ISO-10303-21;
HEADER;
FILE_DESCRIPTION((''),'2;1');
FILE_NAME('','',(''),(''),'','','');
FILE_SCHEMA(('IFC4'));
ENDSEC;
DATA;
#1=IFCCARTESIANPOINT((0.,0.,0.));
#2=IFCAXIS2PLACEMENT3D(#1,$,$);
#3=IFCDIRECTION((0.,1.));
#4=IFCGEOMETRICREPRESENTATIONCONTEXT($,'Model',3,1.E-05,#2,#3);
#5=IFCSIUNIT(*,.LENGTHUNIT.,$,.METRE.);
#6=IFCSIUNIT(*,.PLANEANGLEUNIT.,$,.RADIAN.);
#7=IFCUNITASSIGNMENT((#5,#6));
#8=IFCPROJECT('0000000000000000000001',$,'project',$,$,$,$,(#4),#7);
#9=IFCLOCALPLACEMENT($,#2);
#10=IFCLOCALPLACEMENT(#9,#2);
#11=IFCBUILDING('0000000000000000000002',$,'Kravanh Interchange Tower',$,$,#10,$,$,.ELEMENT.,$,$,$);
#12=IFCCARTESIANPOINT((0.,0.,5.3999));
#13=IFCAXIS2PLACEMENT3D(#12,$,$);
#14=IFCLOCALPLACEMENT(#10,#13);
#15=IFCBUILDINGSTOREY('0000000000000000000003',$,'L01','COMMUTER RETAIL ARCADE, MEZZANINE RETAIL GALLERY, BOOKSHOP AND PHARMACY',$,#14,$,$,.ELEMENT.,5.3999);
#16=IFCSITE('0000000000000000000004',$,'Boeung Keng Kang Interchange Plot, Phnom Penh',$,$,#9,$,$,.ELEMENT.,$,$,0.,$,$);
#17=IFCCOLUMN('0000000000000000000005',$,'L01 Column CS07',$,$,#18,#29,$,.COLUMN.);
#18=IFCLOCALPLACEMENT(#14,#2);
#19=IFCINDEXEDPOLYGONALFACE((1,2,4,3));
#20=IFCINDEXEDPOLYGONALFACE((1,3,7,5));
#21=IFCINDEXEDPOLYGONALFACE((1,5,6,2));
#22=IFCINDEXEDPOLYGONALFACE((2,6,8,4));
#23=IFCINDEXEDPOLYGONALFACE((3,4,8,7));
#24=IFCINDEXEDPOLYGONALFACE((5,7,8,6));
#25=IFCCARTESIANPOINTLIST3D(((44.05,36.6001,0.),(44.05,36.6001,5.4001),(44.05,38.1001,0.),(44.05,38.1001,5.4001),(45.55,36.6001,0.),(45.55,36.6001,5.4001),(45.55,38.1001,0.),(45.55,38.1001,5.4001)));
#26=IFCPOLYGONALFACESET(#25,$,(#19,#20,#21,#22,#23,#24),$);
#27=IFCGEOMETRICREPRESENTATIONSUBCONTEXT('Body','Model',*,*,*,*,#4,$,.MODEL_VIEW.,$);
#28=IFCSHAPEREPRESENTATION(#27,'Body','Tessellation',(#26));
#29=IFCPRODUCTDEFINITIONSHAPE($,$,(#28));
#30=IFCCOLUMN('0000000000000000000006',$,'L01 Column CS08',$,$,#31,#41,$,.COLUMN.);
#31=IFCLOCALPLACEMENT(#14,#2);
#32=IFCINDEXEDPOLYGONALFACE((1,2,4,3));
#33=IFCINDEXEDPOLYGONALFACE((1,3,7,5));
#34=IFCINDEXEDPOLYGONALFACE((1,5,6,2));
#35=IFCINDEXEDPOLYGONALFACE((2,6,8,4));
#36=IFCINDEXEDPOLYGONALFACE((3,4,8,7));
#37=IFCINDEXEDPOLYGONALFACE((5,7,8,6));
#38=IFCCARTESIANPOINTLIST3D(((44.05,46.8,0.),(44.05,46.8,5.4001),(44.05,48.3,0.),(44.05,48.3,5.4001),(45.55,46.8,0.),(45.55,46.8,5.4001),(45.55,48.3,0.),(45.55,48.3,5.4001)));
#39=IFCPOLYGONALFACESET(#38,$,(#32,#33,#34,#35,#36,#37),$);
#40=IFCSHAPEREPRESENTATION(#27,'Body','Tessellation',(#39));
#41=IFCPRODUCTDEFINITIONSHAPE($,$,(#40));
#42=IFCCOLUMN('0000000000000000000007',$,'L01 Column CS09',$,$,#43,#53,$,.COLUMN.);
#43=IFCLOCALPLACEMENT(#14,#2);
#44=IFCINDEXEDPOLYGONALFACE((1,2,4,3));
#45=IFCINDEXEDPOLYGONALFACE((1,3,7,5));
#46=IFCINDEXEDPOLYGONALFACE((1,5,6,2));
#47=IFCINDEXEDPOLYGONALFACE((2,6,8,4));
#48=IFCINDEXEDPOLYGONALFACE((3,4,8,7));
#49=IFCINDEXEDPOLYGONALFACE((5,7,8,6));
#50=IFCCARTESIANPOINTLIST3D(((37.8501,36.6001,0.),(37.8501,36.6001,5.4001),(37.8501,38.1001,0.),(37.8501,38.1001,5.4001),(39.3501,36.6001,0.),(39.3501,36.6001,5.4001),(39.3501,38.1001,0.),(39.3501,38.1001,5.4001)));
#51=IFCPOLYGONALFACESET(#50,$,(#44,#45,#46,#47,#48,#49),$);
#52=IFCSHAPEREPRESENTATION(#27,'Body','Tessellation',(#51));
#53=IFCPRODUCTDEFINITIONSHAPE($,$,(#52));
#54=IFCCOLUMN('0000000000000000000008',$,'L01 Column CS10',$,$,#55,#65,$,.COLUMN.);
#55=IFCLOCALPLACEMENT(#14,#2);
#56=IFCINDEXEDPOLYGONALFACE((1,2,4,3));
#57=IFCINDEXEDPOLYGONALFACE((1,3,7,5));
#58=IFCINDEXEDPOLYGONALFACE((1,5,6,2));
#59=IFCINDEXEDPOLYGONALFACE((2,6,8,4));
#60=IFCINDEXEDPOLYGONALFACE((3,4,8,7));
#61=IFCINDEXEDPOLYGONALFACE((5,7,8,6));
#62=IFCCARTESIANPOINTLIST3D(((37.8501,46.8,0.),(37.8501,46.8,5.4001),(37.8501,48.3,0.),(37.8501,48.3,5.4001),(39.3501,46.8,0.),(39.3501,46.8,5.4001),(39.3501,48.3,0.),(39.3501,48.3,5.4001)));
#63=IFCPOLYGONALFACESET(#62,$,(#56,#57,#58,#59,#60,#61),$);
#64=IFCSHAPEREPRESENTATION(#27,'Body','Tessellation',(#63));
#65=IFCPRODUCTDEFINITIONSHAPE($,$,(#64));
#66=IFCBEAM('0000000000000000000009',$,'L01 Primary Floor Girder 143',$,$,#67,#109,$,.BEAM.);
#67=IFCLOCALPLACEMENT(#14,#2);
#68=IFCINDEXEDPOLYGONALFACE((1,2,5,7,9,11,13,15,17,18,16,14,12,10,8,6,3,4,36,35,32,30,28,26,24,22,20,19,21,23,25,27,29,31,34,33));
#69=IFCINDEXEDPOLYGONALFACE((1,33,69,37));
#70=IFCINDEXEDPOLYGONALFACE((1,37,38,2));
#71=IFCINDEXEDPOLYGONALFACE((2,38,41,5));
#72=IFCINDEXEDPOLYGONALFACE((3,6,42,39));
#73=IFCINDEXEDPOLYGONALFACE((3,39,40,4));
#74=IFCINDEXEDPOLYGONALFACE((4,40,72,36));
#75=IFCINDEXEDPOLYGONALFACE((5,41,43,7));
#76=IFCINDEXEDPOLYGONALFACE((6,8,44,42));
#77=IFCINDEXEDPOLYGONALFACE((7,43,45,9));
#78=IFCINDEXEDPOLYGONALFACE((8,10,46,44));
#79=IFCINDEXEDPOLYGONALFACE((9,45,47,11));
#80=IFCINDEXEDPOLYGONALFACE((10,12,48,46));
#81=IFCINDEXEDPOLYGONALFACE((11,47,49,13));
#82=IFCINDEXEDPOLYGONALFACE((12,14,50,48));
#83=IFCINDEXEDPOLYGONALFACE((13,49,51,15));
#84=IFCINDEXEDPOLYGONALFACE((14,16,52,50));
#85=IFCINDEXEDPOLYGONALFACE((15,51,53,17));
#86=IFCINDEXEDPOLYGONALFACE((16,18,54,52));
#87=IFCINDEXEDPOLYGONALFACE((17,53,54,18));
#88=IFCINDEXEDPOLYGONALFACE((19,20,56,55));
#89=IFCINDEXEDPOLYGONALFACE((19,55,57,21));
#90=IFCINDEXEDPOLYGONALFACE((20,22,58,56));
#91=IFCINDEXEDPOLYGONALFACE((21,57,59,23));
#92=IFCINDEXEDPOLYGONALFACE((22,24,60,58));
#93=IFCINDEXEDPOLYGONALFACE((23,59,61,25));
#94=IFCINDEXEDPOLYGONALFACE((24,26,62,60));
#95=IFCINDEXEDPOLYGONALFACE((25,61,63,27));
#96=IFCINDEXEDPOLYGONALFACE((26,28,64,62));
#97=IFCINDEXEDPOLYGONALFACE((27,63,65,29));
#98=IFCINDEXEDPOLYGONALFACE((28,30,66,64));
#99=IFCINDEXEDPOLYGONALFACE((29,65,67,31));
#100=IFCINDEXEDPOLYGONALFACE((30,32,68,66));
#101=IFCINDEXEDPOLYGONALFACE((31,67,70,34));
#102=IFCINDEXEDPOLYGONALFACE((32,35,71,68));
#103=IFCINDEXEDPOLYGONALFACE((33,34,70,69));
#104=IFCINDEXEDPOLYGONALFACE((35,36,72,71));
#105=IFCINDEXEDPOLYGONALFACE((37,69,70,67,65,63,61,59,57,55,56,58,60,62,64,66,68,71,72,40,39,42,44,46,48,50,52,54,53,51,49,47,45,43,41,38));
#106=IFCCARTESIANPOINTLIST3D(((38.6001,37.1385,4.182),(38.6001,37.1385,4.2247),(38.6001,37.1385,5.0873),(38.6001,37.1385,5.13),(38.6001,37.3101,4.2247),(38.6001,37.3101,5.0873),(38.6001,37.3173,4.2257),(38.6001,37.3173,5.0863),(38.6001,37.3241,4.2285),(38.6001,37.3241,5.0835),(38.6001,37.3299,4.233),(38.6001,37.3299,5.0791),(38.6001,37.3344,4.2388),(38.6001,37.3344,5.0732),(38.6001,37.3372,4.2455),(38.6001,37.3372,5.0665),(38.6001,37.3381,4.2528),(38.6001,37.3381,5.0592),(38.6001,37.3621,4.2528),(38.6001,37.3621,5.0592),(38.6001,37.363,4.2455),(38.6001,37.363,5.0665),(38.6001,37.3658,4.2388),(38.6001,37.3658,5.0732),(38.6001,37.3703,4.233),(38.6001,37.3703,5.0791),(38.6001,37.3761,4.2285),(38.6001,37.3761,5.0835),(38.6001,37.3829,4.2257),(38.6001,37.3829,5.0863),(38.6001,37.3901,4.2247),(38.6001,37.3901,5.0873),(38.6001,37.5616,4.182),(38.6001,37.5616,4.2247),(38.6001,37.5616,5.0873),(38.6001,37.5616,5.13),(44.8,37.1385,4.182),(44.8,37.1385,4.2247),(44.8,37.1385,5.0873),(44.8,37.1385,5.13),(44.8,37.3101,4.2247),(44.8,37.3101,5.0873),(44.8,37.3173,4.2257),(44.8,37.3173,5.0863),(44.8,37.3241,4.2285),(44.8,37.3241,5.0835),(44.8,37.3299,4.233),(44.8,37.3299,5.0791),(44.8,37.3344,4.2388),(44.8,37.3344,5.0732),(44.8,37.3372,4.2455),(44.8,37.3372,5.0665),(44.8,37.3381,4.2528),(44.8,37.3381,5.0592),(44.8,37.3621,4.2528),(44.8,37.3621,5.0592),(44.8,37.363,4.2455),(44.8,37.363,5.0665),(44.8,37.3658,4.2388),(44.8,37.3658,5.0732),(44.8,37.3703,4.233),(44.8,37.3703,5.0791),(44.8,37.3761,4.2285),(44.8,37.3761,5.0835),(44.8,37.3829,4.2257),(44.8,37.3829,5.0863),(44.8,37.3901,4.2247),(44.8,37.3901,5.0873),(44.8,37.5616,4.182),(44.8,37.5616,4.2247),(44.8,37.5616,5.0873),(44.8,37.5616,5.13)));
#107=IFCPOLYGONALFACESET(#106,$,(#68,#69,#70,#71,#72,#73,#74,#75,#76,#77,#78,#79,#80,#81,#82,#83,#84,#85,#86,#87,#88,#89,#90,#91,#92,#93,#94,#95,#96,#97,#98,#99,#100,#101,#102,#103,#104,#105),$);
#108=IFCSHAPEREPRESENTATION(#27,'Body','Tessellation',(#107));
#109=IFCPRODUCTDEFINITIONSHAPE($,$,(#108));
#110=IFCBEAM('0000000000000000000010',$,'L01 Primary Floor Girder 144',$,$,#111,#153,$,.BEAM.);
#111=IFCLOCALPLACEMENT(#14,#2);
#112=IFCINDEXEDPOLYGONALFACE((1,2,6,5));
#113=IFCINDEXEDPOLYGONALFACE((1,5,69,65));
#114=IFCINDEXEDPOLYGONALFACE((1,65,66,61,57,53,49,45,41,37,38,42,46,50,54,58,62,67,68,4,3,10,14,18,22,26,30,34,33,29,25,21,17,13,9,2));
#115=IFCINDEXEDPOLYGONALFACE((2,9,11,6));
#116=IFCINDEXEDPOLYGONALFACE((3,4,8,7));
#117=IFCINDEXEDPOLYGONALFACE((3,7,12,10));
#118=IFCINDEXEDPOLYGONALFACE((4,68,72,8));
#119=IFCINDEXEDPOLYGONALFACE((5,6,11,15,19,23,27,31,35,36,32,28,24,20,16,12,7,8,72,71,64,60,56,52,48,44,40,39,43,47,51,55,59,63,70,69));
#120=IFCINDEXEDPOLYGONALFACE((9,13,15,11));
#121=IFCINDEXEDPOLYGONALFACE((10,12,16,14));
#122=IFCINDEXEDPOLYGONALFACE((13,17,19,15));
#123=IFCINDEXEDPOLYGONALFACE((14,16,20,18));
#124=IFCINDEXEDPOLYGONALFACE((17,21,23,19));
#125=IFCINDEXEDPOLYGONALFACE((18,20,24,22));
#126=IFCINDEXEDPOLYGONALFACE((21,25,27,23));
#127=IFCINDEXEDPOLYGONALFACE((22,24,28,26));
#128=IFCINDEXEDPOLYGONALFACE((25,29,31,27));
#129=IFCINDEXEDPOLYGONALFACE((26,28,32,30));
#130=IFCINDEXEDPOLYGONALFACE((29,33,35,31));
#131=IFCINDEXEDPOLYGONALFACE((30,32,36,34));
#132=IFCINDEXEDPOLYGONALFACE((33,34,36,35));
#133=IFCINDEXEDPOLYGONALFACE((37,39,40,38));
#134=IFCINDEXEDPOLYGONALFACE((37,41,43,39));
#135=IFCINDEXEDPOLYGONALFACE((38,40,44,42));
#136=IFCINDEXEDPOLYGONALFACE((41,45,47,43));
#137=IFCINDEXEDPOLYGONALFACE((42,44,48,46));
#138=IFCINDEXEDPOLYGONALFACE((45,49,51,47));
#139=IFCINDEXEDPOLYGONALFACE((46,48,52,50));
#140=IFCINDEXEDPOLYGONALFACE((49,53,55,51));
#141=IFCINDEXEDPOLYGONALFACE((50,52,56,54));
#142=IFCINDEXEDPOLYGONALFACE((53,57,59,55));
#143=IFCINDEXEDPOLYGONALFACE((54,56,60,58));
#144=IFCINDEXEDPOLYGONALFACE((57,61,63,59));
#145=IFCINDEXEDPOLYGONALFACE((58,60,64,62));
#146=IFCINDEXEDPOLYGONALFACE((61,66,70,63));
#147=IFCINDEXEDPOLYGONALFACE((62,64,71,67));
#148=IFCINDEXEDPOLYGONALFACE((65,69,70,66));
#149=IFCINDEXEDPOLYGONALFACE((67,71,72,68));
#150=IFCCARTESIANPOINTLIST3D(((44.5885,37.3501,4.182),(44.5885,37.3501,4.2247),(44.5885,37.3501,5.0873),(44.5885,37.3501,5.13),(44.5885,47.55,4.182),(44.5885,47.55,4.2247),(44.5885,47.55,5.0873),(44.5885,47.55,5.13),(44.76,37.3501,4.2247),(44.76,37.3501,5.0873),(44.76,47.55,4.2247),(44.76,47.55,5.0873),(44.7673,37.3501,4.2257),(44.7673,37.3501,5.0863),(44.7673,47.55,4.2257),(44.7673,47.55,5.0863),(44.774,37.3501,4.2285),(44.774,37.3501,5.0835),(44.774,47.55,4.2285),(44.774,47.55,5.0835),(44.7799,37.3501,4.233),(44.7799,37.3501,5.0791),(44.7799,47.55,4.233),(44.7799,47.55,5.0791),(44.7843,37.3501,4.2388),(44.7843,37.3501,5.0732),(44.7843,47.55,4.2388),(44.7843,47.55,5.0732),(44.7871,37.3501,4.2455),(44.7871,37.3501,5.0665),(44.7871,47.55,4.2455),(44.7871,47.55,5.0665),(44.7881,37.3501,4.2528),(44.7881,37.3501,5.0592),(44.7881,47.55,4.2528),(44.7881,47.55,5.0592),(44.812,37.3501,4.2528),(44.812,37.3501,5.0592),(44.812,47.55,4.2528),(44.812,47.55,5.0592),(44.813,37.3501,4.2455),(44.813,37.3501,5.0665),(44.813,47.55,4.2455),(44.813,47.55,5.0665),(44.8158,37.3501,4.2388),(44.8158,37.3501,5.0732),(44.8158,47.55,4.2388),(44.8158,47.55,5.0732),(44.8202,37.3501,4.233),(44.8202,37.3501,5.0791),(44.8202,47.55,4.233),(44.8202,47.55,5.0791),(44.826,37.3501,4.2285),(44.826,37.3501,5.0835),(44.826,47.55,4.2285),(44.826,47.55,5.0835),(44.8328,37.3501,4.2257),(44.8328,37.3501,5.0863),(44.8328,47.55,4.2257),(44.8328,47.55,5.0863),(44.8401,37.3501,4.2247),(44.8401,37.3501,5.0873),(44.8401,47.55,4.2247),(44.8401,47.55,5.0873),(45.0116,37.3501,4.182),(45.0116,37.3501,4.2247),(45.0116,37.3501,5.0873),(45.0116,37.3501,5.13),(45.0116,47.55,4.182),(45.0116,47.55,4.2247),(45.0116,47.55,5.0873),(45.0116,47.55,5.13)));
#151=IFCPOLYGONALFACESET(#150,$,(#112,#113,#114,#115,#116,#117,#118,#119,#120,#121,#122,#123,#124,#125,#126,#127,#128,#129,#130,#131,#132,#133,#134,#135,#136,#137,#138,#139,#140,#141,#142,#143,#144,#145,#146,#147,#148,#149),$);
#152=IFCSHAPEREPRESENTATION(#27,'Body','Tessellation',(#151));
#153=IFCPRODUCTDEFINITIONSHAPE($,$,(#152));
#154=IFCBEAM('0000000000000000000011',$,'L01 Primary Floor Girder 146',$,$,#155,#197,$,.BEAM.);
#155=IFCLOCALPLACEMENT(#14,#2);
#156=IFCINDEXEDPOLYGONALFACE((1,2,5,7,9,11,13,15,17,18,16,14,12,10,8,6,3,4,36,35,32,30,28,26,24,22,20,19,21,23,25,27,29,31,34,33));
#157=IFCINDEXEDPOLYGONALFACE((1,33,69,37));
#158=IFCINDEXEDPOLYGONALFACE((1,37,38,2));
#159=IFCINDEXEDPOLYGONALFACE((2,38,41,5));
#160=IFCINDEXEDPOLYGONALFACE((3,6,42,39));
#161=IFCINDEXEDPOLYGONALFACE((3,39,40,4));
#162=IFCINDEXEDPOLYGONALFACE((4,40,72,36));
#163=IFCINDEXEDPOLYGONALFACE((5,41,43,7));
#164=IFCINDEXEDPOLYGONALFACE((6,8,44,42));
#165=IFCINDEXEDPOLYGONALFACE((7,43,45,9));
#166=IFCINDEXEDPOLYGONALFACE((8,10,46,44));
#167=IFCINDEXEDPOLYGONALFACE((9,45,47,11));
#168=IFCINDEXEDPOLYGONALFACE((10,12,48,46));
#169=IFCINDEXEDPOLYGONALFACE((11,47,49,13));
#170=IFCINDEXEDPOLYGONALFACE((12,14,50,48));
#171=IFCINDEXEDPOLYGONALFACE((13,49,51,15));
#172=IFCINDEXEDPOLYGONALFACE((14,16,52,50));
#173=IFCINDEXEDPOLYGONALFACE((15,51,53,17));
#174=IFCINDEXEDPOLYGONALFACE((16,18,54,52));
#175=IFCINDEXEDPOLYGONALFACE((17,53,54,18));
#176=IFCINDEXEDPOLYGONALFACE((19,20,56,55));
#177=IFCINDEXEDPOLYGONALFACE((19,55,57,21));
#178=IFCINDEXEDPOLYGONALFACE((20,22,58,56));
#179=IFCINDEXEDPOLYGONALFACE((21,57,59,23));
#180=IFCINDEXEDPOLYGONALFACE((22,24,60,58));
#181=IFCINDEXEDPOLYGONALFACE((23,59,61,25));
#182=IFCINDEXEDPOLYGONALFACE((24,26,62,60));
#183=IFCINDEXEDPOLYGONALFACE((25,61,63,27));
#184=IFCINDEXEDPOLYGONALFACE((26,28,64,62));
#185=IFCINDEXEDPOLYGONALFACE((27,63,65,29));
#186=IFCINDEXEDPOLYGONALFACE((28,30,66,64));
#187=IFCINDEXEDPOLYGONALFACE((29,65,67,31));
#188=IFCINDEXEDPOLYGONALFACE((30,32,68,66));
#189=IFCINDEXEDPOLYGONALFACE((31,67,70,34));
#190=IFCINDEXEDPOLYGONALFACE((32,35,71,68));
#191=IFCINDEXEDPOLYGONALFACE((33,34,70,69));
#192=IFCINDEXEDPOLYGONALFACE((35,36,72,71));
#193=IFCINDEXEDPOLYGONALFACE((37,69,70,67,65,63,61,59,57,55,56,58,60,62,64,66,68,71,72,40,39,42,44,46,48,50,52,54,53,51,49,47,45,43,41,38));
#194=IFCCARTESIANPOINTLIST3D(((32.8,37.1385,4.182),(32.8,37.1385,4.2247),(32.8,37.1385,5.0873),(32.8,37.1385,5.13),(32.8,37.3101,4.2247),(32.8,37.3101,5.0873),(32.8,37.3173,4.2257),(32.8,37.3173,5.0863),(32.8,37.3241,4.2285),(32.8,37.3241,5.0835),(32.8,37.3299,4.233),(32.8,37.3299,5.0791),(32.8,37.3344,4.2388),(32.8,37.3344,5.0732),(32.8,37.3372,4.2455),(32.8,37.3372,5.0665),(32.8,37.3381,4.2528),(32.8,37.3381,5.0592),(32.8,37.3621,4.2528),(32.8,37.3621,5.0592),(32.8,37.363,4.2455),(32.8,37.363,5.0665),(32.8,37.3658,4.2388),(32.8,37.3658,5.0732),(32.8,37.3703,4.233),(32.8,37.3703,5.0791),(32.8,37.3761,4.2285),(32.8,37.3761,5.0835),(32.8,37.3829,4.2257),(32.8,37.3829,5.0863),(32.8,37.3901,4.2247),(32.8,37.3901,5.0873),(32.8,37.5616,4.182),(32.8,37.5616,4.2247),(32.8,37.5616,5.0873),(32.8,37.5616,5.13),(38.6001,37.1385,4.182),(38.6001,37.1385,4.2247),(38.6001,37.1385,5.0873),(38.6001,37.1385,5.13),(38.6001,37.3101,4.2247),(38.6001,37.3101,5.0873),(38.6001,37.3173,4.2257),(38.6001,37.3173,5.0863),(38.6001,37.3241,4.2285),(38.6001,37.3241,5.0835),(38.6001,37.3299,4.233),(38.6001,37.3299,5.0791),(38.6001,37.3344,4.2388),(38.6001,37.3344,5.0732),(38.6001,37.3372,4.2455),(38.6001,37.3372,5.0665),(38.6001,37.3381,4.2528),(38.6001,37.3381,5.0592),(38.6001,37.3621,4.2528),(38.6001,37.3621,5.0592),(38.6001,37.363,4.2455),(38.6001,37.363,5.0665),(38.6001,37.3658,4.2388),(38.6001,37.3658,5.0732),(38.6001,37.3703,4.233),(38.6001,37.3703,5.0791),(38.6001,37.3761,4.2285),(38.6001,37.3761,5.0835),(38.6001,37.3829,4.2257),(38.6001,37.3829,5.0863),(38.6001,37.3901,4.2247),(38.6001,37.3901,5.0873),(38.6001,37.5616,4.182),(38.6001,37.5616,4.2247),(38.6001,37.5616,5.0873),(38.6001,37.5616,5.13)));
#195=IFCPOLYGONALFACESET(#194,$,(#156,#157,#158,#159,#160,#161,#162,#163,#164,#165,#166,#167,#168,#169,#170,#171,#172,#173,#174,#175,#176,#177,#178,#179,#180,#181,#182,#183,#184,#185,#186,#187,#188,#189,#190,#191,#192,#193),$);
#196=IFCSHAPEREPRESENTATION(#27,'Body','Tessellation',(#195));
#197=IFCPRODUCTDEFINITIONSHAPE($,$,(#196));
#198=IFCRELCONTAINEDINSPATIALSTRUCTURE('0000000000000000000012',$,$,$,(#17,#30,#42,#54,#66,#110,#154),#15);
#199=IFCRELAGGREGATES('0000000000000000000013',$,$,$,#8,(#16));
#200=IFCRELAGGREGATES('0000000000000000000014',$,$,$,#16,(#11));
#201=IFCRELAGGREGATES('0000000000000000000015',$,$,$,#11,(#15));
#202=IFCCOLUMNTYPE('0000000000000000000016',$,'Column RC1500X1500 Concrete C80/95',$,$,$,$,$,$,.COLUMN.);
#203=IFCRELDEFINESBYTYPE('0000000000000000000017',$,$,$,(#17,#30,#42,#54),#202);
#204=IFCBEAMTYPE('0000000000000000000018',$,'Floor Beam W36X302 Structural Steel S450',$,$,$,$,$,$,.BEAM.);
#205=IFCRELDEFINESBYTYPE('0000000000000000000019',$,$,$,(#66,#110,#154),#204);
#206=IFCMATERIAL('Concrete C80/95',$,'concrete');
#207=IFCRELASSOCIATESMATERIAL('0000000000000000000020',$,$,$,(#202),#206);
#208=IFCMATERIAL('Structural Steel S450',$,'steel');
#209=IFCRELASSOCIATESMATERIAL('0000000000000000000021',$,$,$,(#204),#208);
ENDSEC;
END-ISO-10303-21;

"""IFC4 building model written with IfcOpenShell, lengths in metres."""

from ifc_helpers import new_model, si_unit, direction, frame, origin, origin_2d, place, context, subcontext, project, spatial, rectangle, i_section, extrude, material, material_profile, profile_set, type_object, element, save


model = new_model("IFC4")

# Units and contexts
model_context = context("Model", 3, precision=1e-05, world=origin(), true_north=direction((0.0, 1.0)))
body_context = subcontext(model_context, "Body", "Model", "MODEL_VIEW")
ifc_project = project(units=[si_unit("LENGTHUNIT", "METRE"), si_unit("PLANEANGLEUNIT", "RADIAN")], contexts=[model_context])

# Site, building, storey
site_placement = place(None, origin())
site = spatial("IfcSite", under=ifc_project, at=site_placement, Name="Boeung Keng Kang Interchange Plot, Phnom Penh", CompositionType="ELEMENT", RefElevation=0.0)
building_placement = place(site_placement, origin())
building = spatial("IfcBuilding", under=site, at=building_placement, Name="Kravanh Interchange Tower", CompositionType="ELEMENT")
storey_placement = place(building_placement, frame((0.0, 0.0, 5.3999)))
storey = spatial("IfcBuildingStorey", under=building, at=storey_placement, Name="L01", Description="COMMUTER RETAIL ARCADE, MEZZANINE RETAIL GALLERY, BOOKSHOP AND PHARMACY", CompositionType="ELEMENT", Elevation=5.3999)

# Columns
ifc_material_1 = material(Name="Concrete C80/95", Category="concrete")
ifc_material_profile_1 = material_profile(ifc_material_1, rectangle(XDim=1.5, YDim=1.5, at=origin_2d()), Name="RC1500X1500")
ifc_profile_set_1 = profile_set([ifc_material_profile_1], Name="Concrete C80/95")
column_type = type_object("IfcColumnType", Name="Column RC1500X1500 Concrete C80/95", PredefinedType="COLUMN", material=ifc_profile_set_1)
for number, where, z_axis, x_axis, name in (
    (1, (44.8, 37.3501, 0.0), (0.0, 0.0, 1.0), (1.0, 0.0, 0.0), "L01 Column CS07"),
    (2, (44.8, 47.55, 0.0), (0.0, 0.0, 1.0), (1.0, 0.0, 0.0), "L01 Column CS08"),
    (3, (38.6001, 37.3501, 0.0), (0.0, 0.0, 1.0), (1.0, 0.0, 0.0), "L01 Column CS09"),
    (4, (38.6001, 47.55, 0.0), (0.0, 0.0, 1.0), (1.0, 0.0, 0.0), "L01 Column CS10"),
):
    element("IfcColumn", number, at=place(storey_placement, frame(where, z_axis=z_axis, x_axis=x_axis)), inside=storey, type_object=column_type, Name=name, PredefinedType="COLUMN", context=body_context, shape_type="SweptSolid", body=[
        extrude(rectangle(XDim=1.5, YDim=1.5, at=origin_2d()), origin(), (0.0, 0.0, 1.0), 5.4001),
    ])

# Beams
ifc_material_2 = material(Name="Structural Steel S450", Category="steel")
ifc_material_profile_2 = material_profile(ifc_material_2, i_section(OverallWidth=0.4231, OverallDepth=0.948, WebThickness=0.0239, FlangeThickness=0.0427, FilletRadius=0.0281, at=origin_2d()), Name="W36X302")
ifc_profile_set_2 = profile_set([ifc_material_profile_2], Name="Structural Steel S450")
beam_type = type_object("IfcBeamType", Name="Floor Beam W36X302 Structural Steel S450", PredefinedType="BEAM", material=ifc_profile_set_2)
beam_1_placement = place(storey_placement, frame((44.8, 37.3501, 4.656), z_axis=(-1.0, 0.0, 0.0), x_axis=(0.0, -1.0, 0.0)))
element("IfcBeam", 5, at=beam_1_placement, inside=storey, type_object=beam_type, Name="L01 Primary Floor Girder 143", PredefinedType="BEAM", context=body_context, shape_type="SweptSolid", body=[
    extrude(i_section(OverallWidth=0.4231, OverallDepth=0.948, WebThickness=0.0239, FlangeThickness=0.0427, FilletRadius=0.0281, at=origin_2d()), origin(), (0.0, 0.0, 1.0), 6.2),
])
beam_2_placement = place(storey_placement, frame((44.8, 37.3501, 4.656), z_axis=(0.0, 1.0, 0.0), x_axis=(-1.0, 0.0, 0.0)))
element("IfcBeam", 6, at=beam_2_placement, inside=storey, type_object=beam_type, Name="L01 Primary Floor Girder 144", PredefinedType="BEAM", context=body_context, shape_type="SweptSolid", body=[
    extrude(i_section(OverallWidth=0.4231, OverallDepth=0.948, WebThickness=0.0239, FlangeThickness=0.0427, FilletRadius=0.0281, at=origin_2d()), origin(), (0.0, 0.0, 1.0), 10.2),
])
beam_3_placement = place(storey_placement, frame((38.6001, 37.3501, 4.656), z_axis=(-1.0, 0.0, 0.0), x_axis=(0.0, -1.0, 0.0)))
element("IfcBeam", 7, at=beam_3_placement, inside=storey, type_object=beam_type, Name="L01 Primary Floor Girder 146", PredefinedType="BEAM", context=body_context, shape_type="SweptSolid", body=[
    extrude(i_section(OverallWidth=0.4231, OverallDepth=0.948, WebThickness=0.0239, FlangeThickness=0.0427, FilletRadius=0.0281, at=origin_2d()), origin(), (0.0, 0.0, 1.0), 5.8),
])

save(model, "model.ifc")
